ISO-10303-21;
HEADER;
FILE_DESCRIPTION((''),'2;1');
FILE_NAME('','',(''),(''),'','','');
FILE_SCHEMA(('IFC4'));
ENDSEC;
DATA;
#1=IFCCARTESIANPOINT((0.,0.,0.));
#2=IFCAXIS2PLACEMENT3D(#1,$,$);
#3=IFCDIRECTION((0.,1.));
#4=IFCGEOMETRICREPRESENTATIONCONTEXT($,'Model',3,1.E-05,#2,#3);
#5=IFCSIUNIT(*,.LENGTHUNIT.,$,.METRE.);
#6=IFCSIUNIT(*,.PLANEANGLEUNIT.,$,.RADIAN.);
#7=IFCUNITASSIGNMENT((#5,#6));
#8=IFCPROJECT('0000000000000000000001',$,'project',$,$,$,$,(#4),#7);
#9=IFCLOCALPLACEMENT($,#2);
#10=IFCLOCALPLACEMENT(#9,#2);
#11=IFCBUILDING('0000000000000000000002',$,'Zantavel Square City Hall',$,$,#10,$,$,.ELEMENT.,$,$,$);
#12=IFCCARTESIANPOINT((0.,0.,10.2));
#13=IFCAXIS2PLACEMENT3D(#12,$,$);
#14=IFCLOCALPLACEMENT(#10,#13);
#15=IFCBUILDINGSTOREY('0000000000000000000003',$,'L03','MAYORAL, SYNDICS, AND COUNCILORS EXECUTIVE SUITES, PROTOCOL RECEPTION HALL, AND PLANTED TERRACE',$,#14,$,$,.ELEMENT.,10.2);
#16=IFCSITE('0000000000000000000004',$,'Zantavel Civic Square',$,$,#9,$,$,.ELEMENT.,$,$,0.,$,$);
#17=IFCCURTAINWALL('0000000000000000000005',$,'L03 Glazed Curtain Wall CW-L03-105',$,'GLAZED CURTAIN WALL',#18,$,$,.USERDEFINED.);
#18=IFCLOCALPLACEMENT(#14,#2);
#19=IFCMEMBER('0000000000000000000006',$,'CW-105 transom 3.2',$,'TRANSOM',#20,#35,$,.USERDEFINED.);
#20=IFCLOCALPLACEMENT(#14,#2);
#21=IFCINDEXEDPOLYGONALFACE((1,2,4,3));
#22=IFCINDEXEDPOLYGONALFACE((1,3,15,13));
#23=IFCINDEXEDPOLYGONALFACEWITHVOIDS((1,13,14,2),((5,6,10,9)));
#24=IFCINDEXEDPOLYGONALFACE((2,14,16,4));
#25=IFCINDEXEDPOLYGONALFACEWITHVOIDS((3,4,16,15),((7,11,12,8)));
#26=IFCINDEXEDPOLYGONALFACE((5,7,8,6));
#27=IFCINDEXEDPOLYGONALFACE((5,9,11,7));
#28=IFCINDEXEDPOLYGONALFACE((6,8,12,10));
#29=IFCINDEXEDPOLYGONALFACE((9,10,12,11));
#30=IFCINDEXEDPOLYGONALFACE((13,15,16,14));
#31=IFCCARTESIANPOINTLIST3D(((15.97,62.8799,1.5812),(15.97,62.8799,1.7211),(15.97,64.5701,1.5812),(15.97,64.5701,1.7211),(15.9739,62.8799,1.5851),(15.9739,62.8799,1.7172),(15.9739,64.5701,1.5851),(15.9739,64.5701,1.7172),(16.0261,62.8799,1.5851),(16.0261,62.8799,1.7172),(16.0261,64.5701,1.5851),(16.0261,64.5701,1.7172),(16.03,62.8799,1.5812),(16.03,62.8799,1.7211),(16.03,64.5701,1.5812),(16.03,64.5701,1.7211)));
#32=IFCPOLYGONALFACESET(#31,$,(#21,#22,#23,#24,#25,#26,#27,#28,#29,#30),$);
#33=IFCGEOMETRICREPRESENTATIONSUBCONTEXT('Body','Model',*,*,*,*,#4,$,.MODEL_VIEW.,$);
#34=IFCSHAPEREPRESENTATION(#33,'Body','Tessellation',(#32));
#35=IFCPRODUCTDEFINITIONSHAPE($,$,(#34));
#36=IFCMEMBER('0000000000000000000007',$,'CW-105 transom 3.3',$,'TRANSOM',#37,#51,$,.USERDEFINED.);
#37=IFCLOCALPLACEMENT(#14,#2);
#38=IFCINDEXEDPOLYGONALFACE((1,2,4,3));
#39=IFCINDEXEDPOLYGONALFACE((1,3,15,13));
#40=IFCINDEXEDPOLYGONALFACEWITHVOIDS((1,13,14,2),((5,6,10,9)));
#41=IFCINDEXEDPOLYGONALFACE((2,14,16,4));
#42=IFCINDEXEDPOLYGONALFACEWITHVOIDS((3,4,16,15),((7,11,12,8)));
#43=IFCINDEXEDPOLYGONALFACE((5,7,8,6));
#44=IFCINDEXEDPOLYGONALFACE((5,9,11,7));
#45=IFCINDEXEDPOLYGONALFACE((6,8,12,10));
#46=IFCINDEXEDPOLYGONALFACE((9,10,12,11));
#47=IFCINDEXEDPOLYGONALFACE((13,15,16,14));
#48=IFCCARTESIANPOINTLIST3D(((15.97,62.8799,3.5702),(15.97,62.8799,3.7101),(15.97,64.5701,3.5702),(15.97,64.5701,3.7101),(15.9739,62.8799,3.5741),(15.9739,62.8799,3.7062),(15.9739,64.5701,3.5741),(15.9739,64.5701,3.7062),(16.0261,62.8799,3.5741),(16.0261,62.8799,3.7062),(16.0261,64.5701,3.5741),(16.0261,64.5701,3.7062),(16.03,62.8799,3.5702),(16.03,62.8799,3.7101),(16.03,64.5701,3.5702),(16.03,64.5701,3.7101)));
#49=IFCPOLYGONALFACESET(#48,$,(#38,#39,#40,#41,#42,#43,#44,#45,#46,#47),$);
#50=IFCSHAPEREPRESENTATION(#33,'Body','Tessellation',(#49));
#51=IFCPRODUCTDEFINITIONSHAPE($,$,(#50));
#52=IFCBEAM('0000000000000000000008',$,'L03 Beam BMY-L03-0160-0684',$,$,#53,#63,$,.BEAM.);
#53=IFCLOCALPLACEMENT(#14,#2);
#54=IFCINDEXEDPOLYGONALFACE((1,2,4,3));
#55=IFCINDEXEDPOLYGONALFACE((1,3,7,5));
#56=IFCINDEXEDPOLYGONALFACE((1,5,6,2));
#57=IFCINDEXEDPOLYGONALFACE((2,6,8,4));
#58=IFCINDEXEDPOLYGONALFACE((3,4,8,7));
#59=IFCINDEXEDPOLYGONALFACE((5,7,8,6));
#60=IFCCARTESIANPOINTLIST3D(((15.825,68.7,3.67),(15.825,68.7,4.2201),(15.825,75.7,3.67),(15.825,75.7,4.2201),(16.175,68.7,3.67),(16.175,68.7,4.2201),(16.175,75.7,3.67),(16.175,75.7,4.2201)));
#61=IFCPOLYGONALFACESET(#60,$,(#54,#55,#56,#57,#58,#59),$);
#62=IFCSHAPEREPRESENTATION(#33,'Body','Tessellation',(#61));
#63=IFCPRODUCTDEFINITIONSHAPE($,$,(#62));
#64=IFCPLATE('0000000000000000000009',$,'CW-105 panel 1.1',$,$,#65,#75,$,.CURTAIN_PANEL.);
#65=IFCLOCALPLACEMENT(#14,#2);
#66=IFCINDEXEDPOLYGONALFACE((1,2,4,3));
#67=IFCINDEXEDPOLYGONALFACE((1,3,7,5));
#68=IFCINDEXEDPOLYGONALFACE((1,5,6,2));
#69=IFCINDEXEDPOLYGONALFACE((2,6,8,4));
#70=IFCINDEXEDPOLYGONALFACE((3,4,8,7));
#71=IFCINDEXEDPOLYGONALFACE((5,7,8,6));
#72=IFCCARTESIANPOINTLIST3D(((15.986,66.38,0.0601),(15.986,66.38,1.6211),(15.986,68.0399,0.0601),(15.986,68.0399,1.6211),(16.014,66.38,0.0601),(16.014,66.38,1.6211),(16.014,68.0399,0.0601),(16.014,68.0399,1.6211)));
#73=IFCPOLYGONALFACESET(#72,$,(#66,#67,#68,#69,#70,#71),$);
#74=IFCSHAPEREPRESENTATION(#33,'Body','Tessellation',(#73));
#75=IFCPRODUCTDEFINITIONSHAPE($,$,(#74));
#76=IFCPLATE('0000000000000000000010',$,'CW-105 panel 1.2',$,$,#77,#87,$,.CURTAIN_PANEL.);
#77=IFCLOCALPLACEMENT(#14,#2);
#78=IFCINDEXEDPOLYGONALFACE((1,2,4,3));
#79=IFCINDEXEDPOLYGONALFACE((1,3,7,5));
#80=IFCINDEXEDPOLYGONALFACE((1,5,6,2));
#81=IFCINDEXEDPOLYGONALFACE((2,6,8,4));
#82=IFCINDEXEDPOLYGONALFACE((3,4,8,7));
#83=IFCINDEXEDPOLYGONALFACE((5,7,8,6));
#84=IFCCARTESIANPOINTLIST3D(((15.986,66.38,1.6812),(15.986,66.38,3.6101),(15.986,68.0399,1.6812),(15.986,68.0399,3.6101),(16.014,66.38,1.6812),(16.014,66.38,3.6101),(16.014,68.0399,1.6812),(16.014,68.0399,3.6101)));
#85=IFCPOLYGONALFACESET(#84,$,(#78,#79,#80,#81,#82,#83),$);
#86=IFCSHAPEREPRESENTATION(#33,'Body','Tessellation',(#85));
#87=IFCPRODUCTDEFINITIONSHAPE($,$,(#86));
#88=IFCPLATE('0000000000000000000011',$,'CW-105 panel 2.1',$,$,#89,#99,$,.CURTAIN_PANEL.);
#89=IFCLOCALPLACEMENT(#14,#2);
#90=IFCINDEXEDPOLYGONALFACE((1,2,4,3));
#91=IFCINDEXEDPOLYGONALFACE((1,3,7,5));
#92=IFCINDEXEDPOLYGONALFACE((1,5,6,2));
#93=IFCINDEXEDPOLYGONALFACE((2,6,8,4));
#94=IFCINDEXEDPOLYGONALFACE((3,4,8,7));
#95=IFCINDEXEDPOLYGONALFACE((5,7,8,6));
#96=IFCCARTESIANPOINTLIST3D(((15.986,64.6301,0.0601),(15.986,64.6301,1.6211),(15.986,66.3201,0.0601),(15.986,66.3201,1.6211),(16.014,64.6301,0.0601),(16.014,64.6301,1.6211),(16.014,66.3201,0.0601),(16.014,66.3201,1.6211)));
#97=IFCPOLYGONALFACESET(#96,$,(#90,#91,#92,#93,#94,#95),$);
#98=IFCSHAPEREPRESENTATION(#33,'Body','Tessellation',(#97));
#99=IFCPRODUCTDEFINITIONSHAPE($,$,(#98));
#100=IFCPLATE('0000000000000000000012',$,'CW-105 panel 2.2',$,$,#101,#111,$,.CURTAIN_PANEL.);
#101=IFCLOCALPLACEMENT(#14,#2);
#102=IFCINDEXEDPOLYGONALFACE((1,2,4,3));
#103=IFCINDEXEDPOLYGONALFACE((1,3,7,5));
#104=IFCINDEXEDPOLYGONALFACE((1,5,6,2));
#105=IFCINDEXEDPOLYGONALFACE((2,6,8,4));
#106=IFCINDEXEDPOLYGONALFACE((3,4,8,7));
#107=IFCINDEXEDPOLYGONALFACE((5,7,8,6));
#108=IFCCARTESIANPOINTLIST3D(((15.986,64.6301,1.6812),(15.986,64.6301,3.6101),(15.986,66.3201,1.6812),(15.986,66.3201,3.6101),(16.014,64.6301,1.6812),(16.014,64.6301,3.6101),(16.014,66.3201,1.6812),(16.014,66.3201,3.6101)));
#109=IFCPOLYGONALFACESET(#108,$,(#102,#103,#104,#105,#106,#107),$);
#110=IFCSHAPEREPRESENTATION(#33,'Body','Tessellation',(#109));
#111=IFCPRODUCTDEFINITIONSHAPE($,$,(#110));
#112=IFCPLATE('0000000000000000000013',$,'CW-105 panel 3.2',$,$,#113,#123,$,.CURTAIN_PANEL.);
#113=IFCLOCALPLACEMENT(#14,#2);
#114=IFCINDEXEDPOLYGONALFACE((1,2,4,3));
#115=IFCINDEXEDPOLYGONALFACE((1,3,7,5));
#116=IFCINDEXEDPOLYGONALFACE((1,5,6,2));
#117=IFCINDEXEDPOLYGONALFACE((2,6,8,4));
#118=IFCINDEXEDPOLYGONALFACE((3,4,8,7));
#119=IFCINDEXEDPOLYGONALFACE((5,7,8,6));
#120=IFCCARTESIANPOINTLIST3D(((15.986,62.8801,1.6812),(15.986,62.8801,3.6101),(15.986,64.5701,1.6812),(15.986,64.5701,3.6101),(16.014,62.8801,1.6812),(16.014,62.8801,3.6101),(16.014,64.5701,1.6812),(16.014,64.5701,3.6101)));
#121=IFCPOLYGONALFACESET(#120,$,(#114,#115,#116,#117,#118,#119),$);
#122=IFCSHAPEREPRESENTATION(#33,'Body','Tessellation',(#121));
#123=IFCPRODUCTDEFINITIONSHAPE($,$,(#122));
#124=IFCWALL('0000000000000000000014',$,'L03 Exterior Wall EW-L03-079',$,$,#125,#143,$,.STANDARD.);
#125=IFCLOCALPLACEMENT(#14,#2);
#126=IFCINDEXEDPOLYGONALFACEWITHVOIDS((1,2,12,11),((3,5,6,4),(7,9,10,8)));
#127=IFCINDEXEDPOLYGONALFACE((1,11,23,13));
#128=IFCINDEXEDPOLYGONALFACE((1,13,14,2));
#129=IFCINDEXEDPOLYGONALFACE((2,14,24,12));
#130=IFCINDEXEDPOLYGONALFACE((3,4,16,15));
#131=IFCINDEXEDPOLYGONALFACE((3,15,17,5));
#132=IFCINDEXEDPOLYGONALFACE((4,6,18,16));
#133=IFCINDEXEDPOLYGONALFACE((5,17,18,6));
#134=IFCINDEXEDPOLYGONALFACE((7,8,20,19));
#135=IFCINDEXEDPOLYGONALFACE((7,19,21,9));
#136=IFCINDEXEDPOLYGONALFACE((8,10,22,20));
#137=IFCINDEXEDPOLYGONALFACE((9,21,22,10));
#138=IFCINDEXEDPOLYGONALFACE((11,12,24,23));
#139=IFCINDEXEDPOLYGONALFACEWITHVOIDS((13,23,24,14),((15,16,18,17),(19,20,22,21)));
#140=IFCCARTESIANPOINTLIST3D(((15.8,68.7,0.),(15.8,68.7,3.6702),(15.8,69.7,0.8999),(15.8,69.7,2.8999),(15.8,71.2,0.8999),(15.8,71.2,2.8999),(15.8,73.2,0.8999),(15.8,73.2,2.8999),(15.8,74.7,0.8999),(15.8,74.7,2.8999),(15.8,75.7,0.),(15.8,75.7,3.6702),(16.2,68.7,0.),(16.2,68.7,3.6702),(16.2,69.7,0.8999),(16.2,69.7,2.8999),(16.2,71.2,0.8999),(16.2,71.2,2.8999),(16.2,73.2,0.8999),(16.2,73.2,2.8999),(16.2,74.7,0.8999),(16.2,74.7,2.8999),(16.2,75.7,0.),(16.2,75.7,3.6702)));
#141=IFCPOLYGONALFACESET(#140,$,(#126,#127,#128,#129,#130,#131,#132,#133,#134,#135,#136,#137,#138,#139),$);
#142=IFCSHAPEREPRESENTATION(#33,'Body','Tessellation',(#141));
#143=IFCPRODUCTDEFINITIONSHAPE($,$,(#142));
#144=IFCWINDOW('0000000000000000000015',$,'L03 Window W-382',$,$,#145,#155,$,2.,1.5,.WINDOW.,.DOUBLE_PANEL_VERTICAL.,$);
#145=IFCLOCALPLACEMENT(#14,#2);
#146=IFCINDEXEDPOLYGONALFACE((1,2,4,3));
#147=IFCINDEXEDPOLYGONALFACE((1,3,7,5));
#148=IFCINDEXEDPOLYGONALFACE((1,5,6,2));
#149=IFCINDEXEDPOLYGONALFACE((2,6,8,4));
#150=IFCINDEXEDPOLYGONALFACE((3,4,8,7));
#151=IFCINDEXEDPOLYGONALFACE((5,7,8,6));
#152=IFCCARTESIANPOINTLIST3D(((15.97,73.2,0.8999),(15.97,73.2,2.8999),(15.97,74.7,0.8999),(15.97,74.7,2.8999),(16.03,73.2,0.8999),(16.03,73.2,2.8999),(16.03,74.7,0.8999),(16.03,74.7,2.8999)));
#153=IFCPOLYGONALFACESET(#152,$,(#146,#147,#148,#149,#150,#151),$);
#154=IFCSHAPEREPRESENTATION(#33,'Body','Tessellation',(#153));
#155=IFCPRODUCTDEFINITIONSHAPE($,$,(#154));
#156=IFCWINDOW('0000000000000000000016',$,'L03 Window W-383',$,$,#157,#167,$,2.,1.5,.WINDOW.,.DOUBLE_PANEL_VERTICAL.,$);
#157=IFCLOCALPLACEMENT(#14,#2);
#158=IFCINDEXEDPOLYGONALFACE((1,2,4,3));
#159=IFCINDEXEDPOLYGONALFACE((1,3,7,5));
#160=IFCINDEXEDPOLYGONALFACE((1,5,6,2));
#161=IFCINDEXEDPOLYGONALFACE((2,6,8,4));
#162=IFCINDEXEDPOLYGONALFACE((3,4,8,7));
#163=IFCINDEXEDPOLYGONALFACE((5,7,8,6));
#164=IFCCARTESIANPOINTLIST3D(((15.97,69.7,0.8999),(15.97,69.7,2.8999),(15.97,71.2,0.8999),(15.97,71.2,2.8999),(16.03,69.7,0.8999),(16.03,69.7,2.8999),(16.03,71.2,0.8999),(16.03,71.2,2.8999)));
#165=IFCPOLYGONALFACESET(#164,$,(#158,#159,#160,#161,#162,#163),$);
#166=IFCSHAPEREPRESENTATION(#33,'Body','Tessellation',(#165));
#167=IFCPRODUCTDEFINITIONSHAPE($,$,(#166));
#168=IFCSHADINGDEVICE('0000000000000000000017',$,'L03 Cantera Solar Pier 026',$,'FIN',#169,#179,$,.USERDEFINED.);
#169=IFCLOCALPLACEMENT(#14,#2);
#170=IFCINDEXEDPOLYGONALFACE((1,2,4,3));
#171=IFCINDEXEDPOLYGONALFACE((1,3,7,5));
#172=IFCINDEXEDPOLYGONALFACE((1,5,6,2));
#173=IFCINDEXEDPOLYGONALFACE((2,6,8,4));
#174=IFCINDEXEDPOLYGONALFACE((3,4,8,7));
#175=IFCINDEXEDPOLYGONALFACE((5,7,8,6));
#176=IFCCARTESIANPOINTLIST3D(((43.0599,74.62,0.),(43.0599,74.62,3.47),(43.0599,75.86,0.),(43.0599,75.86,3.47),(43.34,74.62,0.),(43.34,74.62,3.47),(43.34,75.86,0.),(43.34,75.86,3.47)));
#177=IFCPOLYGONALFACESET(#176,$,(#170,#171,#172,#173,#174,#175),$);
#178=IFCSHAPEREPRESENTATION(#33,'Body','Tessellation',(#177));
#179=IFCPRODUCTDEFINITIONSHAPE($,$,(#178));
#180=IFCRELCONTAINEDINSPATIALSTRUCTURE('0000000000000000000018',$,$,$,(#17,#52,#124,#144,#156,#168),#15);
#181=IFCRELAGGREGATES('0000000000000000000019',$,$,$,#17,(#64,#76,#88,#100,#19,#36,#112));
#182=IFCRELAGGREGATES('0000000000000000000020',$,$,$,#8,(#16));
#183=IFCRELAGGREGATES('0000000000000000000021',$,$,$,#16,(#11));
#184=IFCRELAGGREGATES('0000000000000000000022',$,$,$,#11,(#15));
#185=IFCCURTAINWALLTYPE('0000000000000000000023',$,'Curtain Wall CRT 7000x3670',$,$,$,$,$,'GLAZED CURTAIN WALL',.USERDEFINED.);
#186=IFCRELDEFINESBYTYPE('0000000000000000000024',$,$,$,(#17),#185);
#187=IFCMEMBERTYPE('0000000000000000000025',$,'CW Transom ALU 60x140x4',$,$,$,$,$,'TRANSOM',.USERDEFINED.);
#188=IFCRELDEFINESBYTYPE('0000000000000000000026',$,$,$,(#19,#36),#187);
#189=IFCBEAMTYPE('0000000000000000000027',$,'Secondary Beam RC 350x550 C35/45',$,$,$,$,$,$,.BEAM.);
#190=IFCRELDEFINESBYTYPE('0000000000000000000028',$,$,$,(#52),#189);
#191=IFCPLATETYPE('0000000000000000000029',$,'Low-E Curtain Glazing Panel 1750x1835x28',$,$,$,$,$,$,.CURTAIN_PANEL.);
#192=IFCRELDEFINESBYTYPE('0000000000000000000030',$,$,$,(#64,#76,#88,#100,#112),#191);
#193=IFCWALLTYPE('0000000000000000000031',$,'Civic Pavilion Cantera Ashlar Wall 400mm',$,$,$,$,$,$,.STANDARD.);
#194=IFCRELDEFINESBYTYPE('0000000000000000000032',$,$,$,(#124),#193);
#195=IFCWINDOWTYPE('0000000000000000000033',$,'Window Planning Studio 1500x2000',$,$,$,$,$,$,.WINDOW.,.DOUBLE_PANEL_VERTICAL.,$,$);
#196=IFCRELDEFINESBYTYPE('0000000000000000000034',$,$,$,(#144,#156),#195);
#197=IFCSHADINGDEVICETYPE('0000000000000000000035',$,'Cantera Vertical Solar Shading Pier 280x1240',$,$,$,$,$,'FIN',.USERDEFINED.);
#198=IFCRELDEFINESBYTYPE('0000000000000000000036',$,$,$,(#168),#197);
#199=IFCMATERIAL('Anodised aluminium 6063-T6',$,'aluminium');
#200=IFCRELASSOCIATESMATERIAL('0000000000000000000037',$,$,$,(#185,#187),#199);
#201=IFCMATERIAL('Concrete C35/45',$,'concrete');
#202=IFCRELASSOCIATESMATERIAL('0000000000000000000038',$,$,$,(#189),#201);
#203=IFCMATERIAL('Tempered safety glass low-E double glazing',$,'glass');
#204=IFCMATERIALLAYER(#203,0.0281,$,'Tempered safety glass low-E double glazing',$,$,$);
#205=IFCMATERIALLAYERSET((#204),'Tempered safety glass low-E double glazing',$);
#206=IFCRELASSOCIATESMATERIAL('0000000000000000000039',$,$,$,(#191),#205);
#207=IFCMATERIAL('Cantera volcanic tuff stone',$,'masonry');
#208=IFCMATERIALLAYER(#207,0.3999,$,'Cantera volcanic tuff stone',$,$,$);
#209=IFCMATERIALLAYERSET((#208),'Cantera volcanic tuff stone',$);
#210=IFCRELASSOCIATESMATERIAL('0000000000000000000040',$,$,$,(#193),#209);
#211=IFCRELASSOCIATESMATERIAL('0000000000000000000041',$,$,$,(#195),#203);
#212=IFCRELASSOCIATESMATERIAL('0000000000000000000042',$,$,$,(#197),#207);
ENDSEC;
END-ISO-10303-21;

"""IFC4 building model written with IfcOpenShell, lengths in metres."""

from ifc_helpers import new_model, si_unit, direction, frame, frame_2d, origin, origin_2d, place, context, subcontext, project, spatial, rectangle, hollow_rectangle, extrude, material, layer, layer_set, material_profile, profile_set, type_object, element, fill, aggregate, save


model = new_model("IFC4")

# Units and contexts
model_context = context("Model", 3, precision=1e-05, world=origin(), true_north=direction((0.0, 1.0)))
body_context = subcontext(model_context, "Body", "Model", "MODEL_VIEW")
ifc_project = project(units=[si_unit("LENGTHUNIT", "METRE"), si_unit("PLANEANGLEUNIT", "RADIAN")], contexts=[model_context])

# Site, building, storey
site_placement = place(None, origin())
site = spatial("IfcSite", under=ifc_project, at=site_placement, Name="Zantavel Civic Square", CompositionType="ELEMENT", RefElevation=0.0)
building_placement = place(site_placement, origin())
building = spatial("IfcBuilding", under=site, at=building_placement, Name="Zantavel Square City Hall", CompositionType="ELEMENT")
storey_placement = place(building_placement, frame((0.0, 0.0, 10.2)))
storey = spatial("IfcBuildingStorey", under=building, at=storey_placement, Name="L03", Description="MAYORAL, SYNDICS, AND COUNCILORS EXECUTIVE SUITES, PROTOCOL RECEPTION HALL, AND PLANTED TERRACE", CompositionType="ELEMENT", Elevation=10.2)

# Curtain wall, members
ifc_material_1 = material(Name="Anodised aluminium 6063-T6", Category="aluminium")
curtain_wall_type = type_object("IfcCurtainWallType", Name="Curtain Wall CRT 7000x3670", ElementType="GLAZED CURTAIN WALL", PredefinedType="USERDEFINED", material=ifc_material_1)
curtain_wall_placement = place(storey_placement, origin())
curtain_wall = element("IfcCurtainWall", 1, at=curtain_wall_placement, inside=storey, type_object=curtain_wall_type, Name="L03 Glazed Curtain Wall CW-L03-105", ObjectType="GLAZED CURTAIN WALL", PredefinedType="USERDEFINED")
ifc_material_profile_1 = material_profile(ifc_material_1, hollow_rectangle(XDim=0.0601, YDim=0.1399, WallThickness=0.0039, at=origin_2d()), Name="ALU 60x140x4")
ifc_profile_set_1 = profile_set([ifc_material_profile_1], Name="Anodised aluminium 6063-T6")
member_type_1 = type_object("IfcMemberType", Name="CW Transom ALU 60x140x4", ElementType="TRANSOM", PredefinedType="USERDEFINED", material=ifc_profile_set_1)
member_1_placement = place(storey_placement, frame((16.0, 64.5701, 1.6511), z_axis=(0.0, -1.0, 0.0), x_axis=(1.0, 0.0, 0.0)))
member_1 = element("IfcMember", 2, at=member_1_placement, type_object=member_type_1, Name="CW-105 transom 3.2", ObjectType="TRANSOM", PredefinedType="USERDEFINED", context=body_context, shape_type="SweptSolid", body=[
    extrude(hollow_rectangle(XDim=0.0601, YDim=0.1399, WallThickness=0.0039, at=origin_2d()), origin(), (0.0, 0.0, 1.0), 1.6902),
])
member_2_placement = place(storey_placement, frame((16.0, 64.5701, 3.6401), z_axis=(0.0, -1.0, 0.0), x_axis=(1.0, 0.0, 0.0)))
member_2 = element("IfcMember", 3, at=member_2_placement, type_object=member_type_1, Name="CW-105 transom 3.3", ObjectType="TRANSOM", PredefinedType="USERDEFINED", context=body_context, shape_type="SweptSolid", body=[
    extrude(hollow_rectangle(XDim=0.0601, YDim=0.1399, WallThickness=0.0039, at=origin_2d()), origin(), (0.0, 0.0, 1.0), 1.6902),
])

# Beam
ifc_material_2 = material(Name="Concrete C35/45", Category="concrete")
ifc_material_profile_2 = material_profile(ifc_material_2, rectangle(XDim=0.3501, YDim=0.55, at=origin_2d()), Name="RC 350x550")
ifc_profile_set_2 = profile_set([ifc_material_profile_2], Name="Concrete C35/45")
beam_type = type_object("IfcBeamType", Name="Secondary Beam RC 350x550 C35/45", PredefinedType="BEAM", material=ifc_profile_set_2)
beam_placement = place(storey_placement, frame((16.0, 68.7, 3.9451), z_axis=(0.0, 1.0, 0.0), x_axis=(-1.0, 0.0, 0.0)))
element("IfcBeam", 4, at=beam_placement, inside=storey, type_object=beam_type, Name="L03 Beam BMY-L03-0160-0684", PredefinedType="BEAM", context=body_context, shape_type="SweptSolid", body=[
    extrude(rectangle(XDim=0.3501, YDim=0.55, at=origin_2d()), origin(), (0.0, 0.0, 1.0), 7.0),
])

# Plates
ifc_material_3 = material(Name="Tempered safety glass low-E double glazing", Category="glass")
ifc_layer_1 = layer(ifc_material_3, 0.0281, Name="Tempered safety glass low-E double glazing")
ifc_layer_set_1 = layer_set([ifc_layer_1], Name="Tempered safety glass low-E double glazing")
plate_type = type_object("IfcPlateType", Name="Low-E Curtain Glazing Panel 1750x1835x28", PredefinedType="CURTAIN_PANEL", material=ifc_layer_set_1)
plate_1_placement = place(storey_placement, frame((16.0, 67.21, 0.0601), z_axis=(0.0, 0.0, 1.0), x_axis=(0.0, -1.0, 0.0)))
plate_1 = element("IfcPlate", 5, at=plate_1_placement, type_object=plate_type, Name="CW-105 panel 1.1", PredefinedType="CURTAIN_PANEL", context=body_context, shape_type="SweptSolid", body=[
    extrude(rectangle(XDim=1.6599, YDim=0.0281, at=origin_2d()), origin(), (0.0, 0.0, 1.0), 1.561),
])
plate_2_placement = place(storey_placement, frame((16.0, 67.21, 1.6812), z_axis=(0.0, 0.0, 1.0), x_axis=(0.0, -1.0, 0.0)))
plate_2 = element("IfcPlate", 6, at=plate_2_placement, type_object=plate_type, Name="CW-105 panel 1.2", PredefinedType="CURTAIN_PANEL", context=body_context, shape_type="SweptSolid", body=[
    extrude(rectangle(XDim=1.6599, YDim=0.0281, at=origin_2d()), origin(), (0.0, 0.0, 1.0), 1.929),
])
plate_3_placement = place(storey_placement, frame((16.0, 65.4751, 0.0601), z_axis=(0.0, 0.0, 1.0), x_axis=(0.0, -1.0, 0.0)))
plate_3 = element("IfcPlate", 7, at=plate_3_placement, type_object=plate_type, Name="CW-105 panel 2.1", PredefinedType="CURTAIN_PANEL", context=body_context, shape_type="SweptSolid", body=[
    extrude(rectangle(XDim=1.6899, YDim=0.0281, at=origin_2d()), origin(), (0.0, 0.0, 1.0), 1.561),
])
plate_4_placement = place(storey_placement, frame((16.0, 65.4751, 1.6812), z_axis=(0.0, 0.0, 1.0), x_axis=(0.0, -1.0, 0.0)))
plate_4 = element("IfcPlate", 8, at=plate_4_placement, type_object=plate_type, Name="CW-105 panel 2.2", PredefinedType="CURTAIN_PANEL", context=body_context, shape_type="SweptSolid", body=[
    extrude(rectangle(XDim=1.6899, YDim=0.0281, at=origin_2d()), origin(), (0.0, 0.0, 1.0), 1.929),
])
plate_5_placement = place(storey_placement, frame((16.0, 63.7251, 1.6812), z_axis=(0.0, 0.0, 1.0), x_axis=(0.0, -1.0, 0.0)))
plate_5 = element("IfcPlate", 9, at=plate_5_placement, type_object=plate_type, Name="CW-105 panel 3.2", PredefinedType="CURTAIN_PANEL", context=body_context, shape_type="SweptSolid", body=[
    extrude(rectangle(XDim=1.6899, YDim=0.0281, at=origin_2d()), origin(), (0.0, 0.0, 1.0), 1.929),
])
aggregate(curtain_wall, [plate_1, plate_2, plate_3, plate_4, member_1, member_2, plate_5])

# Wall, openings, windows
ifc_material_4 = material(Name="Cantera volcanic tuff stone", Category="masonry")
ifc_layer_2 = layer(ifc_material_4, 0.3999, Name="Cantera volcanic tuff stone")
ifc_layer_set_2 = layer_set([ifc_layer_2], Name="Cantera volcanic tuff stone")
wall_type = type_object("IfcWallType", Name="Civic Pavilion Cantera Ashlar Wall 400mm", PredefinedType="STANDARD", material=ifc_layer_set_2)
wall_placement = place(storey_placement, frame((16.0, 75.7, 0.0), z_axis=(0.0, 0.0, 1.0), x_axis=(0.0, -1.0, 0.0)))
wall = element("IfcWall", 10, at=wall_placement, inside=storey, type_object=wall_type, Name="L03 Exterior Wall EW-L03-079", PredefinedType="STANDARD", context=body_context, shape_type="SweptSolid", body=[
    extrude(rectangle(XDim=7.0, YDim=0.3999, at=frame_2d((3.5, 0.0))), origin(), (0.0, 0.0, 1.0), 3.6702),
])
opening_1_placement = place(wall_placement, frame((1.0, 0.0, 0.8999)))
opening_1 = element("IfcOpeningElement", 11, at=opening_1_placement, cuts=wall, PredefinedType="OPENING", context=body_context, shape_type="SweptSolid", body=[
    extrude(rectangle(XDim=1.5, YDim=2.0, at=frame_2d((0.75, 1.0))), frame((0.0, 0.21, 0.0), z_axis=(0.0, -1.0, 0.0), x_axis=(1.0, 0.0, 0.0)), (0.0, 0.0, 1.0), 0.4199),
])
opening_2_placement = place(wall_placement, frame((4.5, 0.0, 0.8999)))
opening_2 = element("IfcOpeningElement", 12, at=opening_2_placement, cuts=wall, PredefinedType="OPENING", context=body_context, shape_type="SweptSolid", body=[
    extrude(rectangle(XDim=1.5, YDim=2.0, at=frame_2d((0.75, 1.0))), frame((0.0, 0.21, 0.0), z_axis=(0.0, -1.0, 0.0), x_axis=(1.0, 0.0, 0.0)), (0.0, 0.0, 1.0), 0.4199),
])
window_type = type_object("IfcWindowType", Name="Window Planning Studio 1500x2000", PartitioningType="DOUBLE_PANEL_VERTICAL", PredefinedType="WINDOW", material=ifc_material_3)
window_1_placement = place(opening_1_placement, origin())
window_1 = element("IfcWindow", 13, at=window_1_placement, inside=storey, type_object=window_type, Name="L03 Window W-382", OverallHeight=2.0, OverallWidth=1.5, PartitioningType="DOUBLE_PANEL_VERTICAL", PredefinedType="WINDOW", context=body_context, shape_type="SweptSolid", body=[
    extrude(rectangle(XDim=1.5, YDim=2.0, at=frame_2d((0.75, 1.0))), frame((0.0, 0.03, 0.0), z_axis=(0.0, -1.0, 0.0), x_axis=(1.0, 0.0, 0.0)), (0.0, 0.0, 1.0), 0.0601),
])
fill(opening_1, window_1)
window_2_placement = place(opening_2_placement, origin())
window_2 = element("IfcWindow", 14, at=window_2_placement, inside=storey, type_object=window_type, Name="L03 Window W-383", OverallHeight=2.0, OverallWidth=1.5, PartitioningType="DOUBLE_PANEL_VERTICAL", PredefinedType="WINDOW", context=body_context, shape_type="SweptSolid", body=[
    extrude(rectangle(XDim=1.5, YDim=2.0, at=frame_2d((0.75, 1.0))), frame((0.0, 0.03, 0.0), z_axis=(0.0, -1.0, 0.0), x_axis=(1.0, 0.0, 0.0)), (0.0, 0.0, 1.0), 0.0601),
])
fill(opening_2, window_2)

# Shading device
shading_device_type = type_object("IfcShadingDeviceType", Name="Cantera Vertical Solar Shading Pier 280x1240", ElementType="FIN", PredefinedType="USERDEFINED", material=ifc_material_4)
for number, where, z_axis, x_axis, name in (
    (15, (43.2, 75.24, 0.0), (0.0, 0.0, 1.0), (1.0, 0.0, 0.0), "L03 Cantera Solar Pier 026"),
):
    element("IfcShadingDevice", number, at=place(storey_placement, frame(where, z_axis=z_axis, x_axis=x_axis)), inside=storey, type_object=shading_device_type, Name=name, ObjectType="FIN", PredefinedType="USERDEFINED", context=body_context, shape_type="SweptSolid", body=[
        extrude(rectangle(XDim=0.28, YDim=1.24, at=origin_2d()), origin(), (0.0, 0.0, 1.0), 3.47),
    ])

save(model, "model.ifc")
